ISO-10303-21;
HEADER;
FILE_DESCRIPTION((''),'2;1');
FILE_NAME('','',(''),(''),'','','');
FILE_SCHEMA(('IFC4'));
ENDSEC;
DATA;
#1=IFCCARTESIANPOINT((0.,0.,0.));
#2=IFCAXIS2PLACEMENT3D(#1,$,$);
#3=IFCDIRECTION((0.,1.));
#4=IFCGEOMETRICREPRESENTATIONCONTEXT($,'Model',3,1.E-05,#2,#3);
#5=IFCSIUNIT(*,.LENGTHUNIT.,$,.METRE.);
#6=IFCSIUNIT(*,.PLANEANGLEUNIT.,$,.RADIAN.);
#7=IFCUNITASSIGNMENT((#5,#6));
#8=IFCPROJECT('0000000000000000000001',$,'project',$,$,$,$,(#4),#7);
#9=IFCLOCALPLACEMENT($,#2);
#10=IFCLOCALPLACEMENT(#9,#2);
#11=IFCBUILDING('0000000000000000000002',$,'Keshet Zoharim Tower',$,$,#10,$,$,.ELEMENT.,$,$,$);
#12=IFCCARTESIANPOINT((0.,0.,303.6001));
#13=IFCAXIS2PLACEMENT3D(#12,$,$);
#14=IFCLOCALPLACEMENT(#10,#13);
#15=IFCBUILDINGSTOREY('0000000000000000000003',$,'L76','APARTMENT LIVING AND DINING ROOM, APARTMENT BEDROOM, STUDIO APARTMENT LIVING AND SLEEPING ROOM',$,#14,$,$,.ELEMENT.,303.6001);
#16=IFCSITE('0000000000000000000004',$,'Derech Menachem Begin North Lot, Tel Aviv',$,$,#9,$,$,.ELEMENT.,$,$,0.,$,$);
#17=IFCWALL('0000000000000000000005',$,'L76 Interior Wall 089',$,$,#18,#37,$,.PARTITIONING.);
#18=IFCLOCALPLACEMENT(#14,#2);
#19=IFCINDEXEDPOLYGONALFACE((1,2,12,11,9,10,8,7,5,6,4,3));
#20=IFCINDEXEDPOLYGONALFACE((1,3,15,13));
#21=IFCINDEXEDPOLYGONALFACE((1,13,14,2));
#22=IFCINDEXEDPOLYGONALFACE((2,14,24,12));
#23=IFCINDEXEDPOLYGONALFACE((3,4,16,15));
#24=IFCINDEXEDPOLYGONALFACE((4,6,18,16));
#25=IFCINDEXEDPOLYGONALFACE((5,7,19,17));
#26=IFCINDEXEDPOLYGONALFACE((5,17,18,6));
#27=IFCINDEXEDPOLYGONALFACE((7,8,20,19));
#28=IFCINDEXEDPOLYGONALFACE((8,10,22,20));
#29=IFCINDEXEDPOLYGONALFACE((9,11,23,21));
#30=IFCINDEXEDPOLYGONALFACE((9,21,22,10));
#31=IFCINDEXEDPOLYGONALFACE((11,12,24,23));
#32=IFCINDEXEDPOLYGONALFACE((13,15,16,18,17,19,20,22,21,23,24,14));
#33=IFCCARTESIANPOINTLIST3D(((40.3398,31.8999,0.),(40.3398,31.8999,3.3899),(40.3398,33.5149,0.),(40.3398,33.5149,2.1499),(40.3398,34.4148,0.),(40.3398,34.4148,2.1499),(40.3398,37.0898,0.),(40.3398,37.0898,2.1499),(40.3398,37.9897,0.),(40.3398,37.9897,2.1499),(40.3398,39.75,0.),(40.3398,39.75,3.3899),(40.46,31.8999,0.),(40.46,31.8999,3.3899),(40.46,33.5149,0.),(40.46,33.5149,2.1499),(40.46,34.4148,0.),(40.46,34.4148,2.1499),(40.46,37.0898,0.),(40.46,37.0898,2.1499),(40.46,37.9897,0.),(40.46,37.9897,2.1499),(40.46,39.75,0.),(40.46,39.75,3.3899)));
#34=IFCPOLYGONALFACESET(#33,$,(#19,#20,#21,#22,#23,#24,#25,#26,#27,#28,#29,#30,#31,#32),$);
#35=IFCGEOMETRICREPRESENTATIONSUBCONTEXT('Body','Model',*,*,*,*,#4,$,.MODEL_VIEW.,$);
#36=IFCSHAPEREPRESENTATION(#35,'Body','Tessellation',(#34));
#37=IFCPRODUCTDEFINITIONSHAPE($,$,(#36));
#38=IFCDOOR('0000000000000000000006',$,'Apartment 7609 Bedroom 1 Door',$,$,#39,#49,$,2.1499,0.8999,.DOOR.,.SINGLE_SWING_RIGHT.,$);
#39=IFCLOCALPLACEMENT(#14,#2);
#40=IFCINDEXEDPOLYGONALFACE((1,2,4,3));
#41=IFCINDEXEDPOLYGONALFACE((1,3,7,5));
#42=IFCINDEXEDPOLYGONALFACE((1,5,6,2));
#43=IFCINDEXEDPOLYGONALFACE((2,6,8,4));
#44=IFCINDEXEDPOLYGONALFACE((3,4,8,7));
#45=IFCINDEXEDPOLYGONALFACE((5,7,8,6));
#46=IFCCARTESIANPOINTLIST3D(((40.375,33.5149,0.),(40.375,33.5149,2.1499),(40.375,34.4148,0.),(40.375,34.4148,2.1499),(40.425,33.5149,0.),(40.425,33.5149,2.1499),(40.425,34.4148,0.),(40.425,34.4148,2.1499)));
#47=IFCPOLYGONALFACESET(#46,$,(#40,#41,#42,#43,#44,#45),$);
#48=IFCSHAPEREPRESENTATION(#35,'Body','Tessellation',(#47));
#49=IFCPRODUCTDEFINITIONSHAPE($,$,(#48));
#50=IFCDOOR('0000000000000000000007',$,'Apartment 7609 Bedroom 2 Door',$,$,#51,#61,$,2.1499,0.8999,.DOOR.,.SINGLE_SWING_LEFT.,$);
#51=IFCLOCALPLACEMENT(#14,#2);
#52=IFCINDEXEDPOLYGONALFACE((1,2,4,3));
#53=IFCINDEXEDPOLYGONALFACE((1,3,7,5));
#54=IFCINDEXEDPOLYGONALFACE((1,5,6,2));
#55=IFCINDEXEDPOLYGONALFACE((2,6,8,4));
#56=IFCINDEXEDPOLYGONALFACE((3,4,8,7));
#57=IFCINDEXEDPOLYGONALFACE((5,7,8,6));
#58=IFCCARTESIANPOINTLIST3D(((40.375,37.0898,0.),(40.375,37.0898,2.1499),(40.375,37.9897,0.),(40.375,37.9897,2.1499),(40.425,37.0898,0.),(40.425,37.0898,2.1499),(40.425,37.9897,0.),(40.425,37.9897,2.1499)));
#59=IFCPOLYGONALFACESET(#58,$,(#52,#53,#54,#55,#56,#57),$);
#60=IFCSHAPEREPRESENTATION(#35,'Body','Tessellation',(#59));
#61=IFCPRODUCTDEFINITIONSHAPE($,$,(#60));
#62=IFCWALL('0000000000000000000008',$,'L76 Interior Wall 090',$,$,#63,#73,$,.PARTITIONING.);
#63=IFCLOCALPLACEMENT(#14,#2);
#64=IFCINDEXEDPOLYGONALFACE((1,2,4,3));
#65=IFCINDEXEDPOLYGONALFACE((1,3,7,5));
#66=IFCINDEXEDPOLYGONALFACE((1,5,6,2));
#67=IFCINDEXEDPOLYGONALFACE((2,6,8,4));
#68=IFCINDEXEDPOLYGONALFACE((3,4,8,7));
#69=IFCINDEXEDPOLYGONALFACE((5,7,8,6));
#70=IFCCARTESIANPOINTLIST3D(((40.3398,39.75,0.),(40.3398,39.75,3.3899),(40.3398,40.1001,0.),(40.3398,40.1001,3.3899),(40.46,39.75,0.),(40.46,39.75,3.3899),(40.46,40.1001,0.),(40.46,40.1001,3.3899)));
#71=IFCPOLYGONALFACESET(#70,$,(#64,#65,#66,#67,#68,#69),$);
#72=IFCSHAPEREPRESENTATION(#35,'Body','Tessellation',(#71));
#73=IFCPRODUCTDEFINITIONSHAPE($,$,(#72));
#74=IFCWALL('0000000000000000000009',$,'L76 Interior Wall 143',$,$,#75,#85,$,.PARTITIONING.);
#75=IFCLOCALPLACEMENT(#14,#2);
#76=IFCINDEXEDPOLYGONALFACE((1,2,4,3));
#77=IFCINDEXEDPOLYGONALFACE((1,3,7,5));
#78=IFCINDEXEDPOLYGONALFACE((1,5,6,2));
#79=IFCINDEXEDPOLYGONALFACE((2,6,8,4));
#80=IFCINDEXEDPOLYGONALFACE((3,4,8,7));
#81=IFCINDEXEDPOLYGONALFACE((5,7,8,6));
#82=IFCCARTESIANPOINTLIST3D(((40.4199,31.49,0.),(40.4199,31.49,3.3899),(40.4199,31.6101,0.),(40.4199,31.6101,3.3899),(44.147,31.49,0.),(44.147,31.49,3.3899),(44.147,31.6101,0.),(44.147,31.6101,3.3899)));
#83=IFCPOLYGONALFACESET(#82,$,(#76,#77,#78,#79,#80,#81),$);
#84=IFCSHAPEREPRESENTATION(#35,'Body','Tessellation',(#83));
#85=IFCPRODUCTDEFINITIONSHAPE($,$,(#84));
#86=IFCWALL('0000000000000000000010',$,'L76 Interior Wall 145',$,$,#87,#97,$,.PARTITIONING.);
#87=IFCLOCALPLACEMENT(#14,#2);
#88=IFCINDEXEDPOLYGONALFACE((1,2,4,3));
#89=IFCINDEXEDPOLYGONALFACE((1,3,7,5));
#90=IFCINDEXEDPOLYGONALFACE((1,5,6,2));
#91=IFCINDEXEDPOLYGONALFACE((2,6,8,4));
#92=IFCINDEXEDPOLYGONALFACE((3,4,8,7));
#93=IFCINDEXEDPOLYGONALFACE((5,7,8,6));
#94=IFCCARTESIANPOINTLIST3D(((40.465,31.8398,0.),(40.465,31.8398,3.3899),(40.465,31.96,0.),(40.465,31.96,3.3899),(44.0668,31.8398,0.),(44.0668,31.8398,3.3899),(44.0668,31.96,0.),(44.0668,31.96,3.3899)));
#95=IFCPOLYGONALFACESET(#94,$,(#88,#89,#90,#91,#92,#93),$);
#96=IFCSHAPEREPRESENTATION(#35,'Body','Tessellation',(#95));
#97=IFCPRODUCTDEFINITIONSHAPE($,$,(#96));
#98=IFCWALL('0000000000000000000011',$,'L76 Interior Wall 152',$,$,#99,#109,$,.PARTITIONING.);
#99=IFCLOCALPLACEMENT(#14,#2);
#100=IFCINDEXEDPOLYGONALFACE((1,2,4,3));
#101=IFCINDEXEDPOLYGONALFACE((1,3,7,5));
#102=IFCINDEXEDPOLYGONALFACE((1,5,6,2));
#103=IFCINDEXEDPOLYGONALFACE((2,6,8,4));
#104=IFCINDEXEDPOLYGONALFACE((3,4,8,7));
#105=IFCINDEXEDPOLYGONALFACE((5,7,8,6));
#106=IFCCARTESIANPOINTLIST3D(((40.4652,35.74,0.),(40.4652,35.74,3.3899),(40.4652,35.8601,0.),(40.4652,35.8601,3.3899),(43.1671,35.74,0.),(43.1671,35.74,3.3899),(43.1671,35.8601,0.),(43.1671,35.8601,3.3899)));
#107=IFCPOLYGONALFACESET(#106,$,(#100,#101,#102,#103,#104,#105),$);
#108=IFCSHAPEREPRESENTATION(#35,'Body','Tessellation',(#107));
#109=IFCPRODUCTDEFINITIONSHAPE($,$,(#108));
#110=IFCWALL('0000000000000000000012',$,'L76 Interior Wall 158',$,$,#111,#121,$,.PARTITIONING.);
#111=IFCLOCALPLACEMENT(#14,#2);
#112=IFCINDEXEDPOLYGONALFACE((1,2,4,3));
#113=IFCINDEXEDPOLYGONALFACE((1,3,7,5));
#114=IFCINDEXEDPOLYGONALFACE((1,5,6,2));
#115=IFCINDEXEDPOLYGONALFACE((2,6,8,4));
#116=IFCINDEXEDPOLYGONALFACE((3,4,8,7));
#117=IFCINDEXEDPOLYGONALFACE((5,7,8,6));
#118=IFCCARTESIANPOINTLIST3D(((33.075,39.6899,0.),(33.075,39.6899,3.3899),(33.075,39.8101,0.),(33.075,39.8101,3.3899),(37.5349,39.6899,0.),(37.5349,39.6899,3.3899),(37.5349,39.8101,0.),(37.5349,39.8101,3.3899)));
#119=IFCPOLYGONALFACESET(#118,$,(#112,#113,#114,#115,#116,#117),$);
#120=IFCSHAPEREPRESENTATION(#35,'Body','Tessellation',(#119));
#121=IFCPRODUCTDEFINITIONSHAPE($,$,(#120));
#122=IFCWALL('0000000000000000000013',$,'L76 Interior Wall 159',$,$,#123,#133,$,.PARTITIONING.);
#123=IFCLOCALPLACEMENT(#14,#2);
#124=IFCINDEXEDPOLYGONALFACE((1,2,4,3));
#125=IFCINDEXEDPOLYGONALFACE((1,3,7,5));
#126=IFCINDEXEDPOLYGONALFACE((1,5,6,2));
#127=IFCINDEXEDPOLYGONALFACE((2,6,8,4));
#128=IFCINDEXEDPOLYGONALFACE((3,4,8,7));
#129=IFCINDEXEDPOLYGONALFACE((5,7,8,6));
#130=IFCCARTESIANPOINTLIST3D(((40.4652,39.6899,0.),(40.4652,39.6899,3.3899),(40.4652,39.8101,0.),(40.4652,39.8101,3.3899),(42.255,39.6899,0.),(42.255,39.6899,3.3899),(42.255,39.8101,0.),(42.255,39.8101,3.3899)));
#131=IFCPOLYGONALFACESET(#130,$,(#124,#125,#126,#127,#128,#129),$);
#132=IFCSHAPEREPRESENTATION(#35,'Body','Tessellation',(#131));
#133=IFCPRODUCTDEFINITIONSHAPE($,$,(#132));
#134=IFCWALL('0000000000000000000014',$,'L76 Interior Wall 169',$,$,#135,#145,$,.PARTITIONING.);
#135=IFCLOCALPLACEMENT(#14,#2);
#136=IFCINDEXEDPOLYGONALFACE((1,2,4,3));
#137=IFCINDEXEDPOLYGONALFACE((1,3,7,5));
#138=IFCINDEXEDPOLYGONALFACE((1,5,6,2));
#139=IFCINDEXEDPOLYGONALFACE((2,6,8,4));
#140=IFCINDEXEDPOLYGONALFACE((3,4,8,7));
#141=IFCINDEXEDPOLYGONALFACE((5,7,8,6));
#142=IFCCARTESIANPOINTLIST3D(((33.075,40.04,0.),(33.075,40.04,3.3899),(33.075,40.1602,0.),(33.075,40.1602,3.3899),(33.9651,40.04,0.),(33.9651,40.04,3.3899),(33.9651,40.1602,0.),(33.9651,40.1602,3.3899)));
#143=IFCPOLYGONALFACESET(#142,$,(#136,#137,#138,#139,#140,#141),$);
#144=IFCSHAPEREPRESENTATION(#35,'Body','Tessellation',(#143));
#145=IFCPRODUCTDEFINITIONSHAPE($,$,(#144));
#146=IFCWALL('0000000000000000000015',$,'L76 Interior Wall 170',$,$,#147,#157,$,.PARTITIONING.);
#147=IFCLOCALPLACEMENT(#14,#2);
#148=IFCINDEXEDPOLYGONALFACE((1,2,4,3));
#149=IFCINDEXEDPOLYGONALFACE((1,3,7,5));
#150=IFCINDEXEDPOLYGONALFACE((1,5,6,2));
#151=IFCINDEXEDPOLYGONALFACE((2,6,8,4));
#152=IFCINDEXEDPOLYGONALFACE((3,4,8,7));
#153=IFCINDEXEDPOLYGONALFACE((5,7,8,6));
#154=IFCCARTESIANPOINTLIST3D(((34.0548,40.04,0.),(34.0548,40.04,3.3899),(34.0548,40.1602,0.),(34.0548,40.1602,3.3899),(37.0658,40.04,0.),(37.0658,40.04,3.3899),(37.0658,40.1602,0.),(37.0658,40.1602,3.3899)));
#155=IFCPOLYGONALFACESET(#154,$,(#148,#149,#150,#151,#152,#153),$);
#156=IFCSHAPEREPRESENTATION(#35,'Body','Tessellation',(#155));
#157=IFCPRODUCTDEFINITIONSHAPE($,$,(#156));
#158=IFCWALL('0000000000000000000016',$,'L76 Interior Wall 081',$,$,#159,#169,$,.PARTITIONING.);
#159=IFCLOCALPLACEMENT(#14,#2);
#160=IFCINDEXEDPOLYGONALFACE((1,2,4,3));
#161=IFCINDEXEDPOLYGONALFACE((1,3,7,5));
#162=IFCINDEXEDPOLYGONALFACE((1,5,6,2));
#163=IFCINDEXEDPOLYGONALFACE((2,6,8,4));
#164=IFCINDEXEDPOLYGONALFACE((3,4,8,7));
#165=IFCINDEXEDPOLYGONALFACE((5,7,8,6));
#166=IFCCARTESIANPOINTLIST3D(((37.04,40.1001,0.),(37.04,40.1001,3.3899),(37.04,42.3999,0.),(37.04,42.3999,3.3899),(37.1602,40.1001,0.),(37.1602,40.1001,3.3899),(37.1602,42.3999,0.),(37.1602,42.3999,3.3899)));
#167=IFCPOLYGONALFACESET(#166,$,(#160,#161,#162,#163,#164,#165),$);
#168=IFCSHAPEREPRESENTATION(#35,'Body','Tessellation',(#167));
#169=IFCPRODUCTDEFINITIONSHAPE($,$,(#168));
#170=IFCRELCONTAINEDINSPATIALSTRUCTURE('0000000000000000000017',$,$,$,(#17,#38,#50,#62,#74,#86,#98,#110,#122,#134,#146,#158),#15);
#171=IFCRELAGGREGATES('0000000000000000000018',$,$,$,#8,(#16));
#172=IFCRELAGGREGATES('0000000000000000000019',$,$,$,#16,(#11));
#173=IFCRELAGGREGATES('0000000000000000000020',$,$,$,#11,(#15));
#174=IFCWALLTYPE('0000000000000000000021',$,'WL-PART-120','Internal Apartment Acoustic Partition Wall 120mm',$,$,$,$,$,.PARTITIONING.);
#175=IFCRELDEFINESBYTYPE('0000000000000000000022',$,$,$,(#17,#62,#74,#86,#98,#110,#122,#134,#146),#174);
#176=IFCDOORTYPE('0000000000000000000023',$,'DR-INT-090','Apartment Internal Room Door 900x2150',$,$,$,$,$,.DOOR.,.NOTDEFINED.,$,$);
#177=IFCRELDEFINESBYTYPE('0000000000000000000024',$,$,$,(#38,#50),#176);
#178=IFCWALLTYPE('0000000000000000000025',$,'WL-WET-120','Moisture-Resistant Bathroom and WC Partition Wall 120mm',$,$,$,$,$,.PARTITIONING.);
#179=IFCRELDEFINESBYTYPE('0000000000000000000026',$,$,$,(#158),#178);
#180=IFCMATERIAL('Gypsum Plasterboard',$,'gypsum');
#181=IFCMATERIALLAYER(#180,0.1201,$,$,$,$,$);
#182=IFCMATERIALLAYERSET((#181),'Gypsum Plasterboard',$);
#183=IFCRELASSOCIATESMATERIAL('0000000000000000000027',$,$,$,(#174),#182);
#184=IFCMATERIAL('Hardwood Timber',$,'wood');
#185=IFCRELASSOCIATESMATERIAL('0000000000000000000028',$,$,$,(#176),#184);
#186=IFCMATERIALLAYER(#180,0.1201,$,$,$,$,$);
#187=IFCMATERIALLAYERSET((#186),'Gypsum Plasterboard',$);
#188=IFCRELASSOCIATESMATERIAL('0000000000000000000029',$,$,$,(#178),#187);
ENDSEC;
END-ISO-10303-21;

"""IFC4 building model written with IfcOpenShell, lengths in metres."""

from ifc_helpers import new_model, si_unit, direction, frame, frame_2d, origin, place, context, subcontext, project, spatial, rectangle, extrude, material, layer, layer_set, type_object, element, fill, save


model = new_model("IFC4")

# Units and contexts
model_context = context("Model", 3, precision=1e-05, world=origin(), true_north=direction((0.0, 1.0)))
body_context = subcontext(model_context, "Body", "Model", "MODEL_VIEW")
ifc_project = project(units=[si_unit("LENGTHUNIT", "METRE"), si_unit("PLANEANGLEUNIT", "RADIAN")], contexts=[model_context])

# Site, building, storey
site_placement = place(None, origin())
site = spatial("IfcSite", under=ifc_project, at=site_placement, Name="Derech Menachem Begin North Lot, Tel Aviv", CompositionType="ELEMENT", RefElevation=0.0)
building_placement = place(site_placement, origin())
building = spatial("IfcBuilding", under=site, at=building_placement, Name="Keshet Zoharim Tower", CompositionType="ELEMENT")
storey_placement = place(building_placement, frame((0.0, 0.0, 303.6001)))
storey = spatial("IfcBuildingStorey", under=building, at=storey_placement, Name="L76", Description="APARTMENT LIVING AND DINING ROOM, APARTMENT BEDROOM, STUDIO APARTMENT LIVING AND SLEEPING ROOM", CompositionType="ELEMENT", Elevation=303.6001)

# Shared definitions
ifc_material_1 = material(Name="Hardwood Timber", Category="wood")

# Shared definitions
ifc_material_2 = material(Name="Gypsum Plasterboard", Category="gypsum")
ifc_layer_1 = layer(ifc_material_2, 0.1201)
ifc_layer_set_1 = layer_set([ifc_layer_1], Name="Gypsum Plasterboard")
wall_type_1 = type_object("IfcWallType", Name="WL-PART-120", Description="Internal Apartment Acoustic Partition Wall 120mm", PredefinedType="PARTITIONING", material=ifc_layer_set_1)

# Shared definitions
door_type_1 = type_object("IfcDoorType", Name="DR-INT-090", Description="Apartment Internal Room Door 900x2150", OperationType="NOTDEFINED", PredefinedType="DOOR", material=ifc_material_1)

# Wall, openings, doors
wall_1_placement = place(storey_placement, frame((40.3999, 31.8999, 0.0), z_axis=(0.0, 0.0, 1.0), x_axis=(0.0, 1.0, 0.0)))
wall_1 = element("IfcWall", 1, at=wall_1_placement, inside=storey, type_object=wall_type_1, Name="L76 Interior Wall 089", PredefinedType="PARTITIONING", context=body_context, shape_type="SweptSolid", body=[
    extrude(rectangle(XDim=7.8501, YDim=0.1201, at=frame_2d((3.925, 0.0))), origin(), (0.0, 0.0, 1.0), 3.3899),
])
opening_1_placement = place(wall_1_placement, frame((1.615, 0.0, 0.0)))
opening_1 = element("IfcOpeningElement", 2, at=opening_1_placement, cuts=wall_1, PredefinedType="OPENING", context=body_context, shape_type="SweptSolid", body=[
    extrude(rectangle(XDim=0.8999, YDim=2.1499, at=frame_2d((0.45, 1.075))), frame((0.0, 0.0701, 0.0), z_axis=(0.0, -1.0, 0.0), x_axis=(1.0, 0.0, 0.0)), (0.0, 0.0, 1.0), 0.1401),
])
opening_2_placement = place(wall_1_placement, frame((5.1899, 0.0, 0.0)))
opening_2 = element("IfcOpeningElement", 3, at=opening_2_placement, cuts=wall_1, PredefinedType="OPENING", context=body_context, shape_type="SweptSolid", body=[
    extrude(rectangle(XDim=0.8999, YDim=2.1499, at=frame_2d((0.45, 1.075))), frame((0.0, 0.0701, 0.0), z_axis=(0.0, -1.0, 0.0), x_axis=(1.0, 0.0, 0.0)), (0.0, 0.0, 1.0), 0.1401),
])
door_1_placement = place(opening_1_placement, origin())
door_1 = element("IfcDoor", 4, at=door_1_placement, inside=storey, type_object=door_type_1, Name="Apartment 7609 Bedroom 1 Door", OperationType="SINGLE_SWING_RIGHT", OverallHeight=2.1499, OverallWidth=0.8999, PredefinedType="DOOR", context=body_context, shape_type="SweptSolid", body=[
    extrude(rectangle(XDim=0.8999, YDim=2.1499, at=frame_2d((0.45, 1.075))), frame((0.0, 0.0249, 0.0), z_axis=(0.0, -1.0, 0.0), x_axis=(1.0, 0.0, 0.0)), (0.0, 0.0, 1.0), 0.05),
])
fill(opening_1, door_1)
door_2_placement = place(opening_2_placement, origin())
door_2 = element("IfcDoor", 5, at=door_2_placement, inside=storey, type_object=door_type_1, Name="Apartment 7609 Bedroom 2 Door", OperationType="SINGLE_SWING_LEFT", OverallHeight=2.1499, OverallWidth=0.8999, PredefinedType="DOOR", context=body_context, shape_type="SweptSolid", body=[
    extrude(rectangle(XDim=0.8999, YDim=2.1499, at=frame_2d((0.45, 1.075))), frame((0.0, 0.0249, 0.0), z_axis=(0.0, -1.0, 0.0), x_axis=(1.0, 0.0, 0.0)), (0.0, 0.0, 1.0), 0.05),
])
fill(opening_2, door_2)

# Walls
wall_2_placement = place(storey_placement, frame((40.3999, 39.75, 0.0), z_axis=(0.0, 0.0, 1.0), x_axis=(0.0, 1.0, 0.0)))
element("IfcWall", 6, at=wall_2_placement, inside=storey, type_object=wall_type_1, Name="L76 Interior Wall 090", PredefinedType="PARTITIONING", context=body_context, shape_type="SweptSolid", body=[
    extrude(rectangle(XDim=0.3501, YDim=0.1201, at=frame_2d((0.175, 0.0))), origin(), (0.0, 0.0, 1.0), 3.3899),
])
wall_3_placement = place(storey_placement, frame((40.4199, 31.55, 0.0), z_axis=(0.0, 0.0, 1.0), x_axis=(1.0, 0.0, 0.0)))
element("IfcWall", 7, at=wall_3_placement, inside=storey, type_object=wall_type_1, Name="L76 Interior Wall 143", PredefinedType="PARTITIONING", context=body_context, shape_type="SweptSolid", body=[
    extrude(rectangle(XDim=3.7271, YDim=0.1201, at=frame_2d((1.8635, 0.0))), origin(), (0.0, 0.0, 1.0), 3.3899),
])
wall_4_placement = place(storey_placement, frame((40.4651, 31.8999, 0.0), z_axis=(0.0, 0.0, 1.0), x_axis=(1.0, 0.0, 0.0)))
element("IfcWall", 8, at=wall_4_placement, inside=storey, type_object=wall_type_1, Name="L76 Interior Wall 145", PredefinedType="PARTITIONING", context=body_context, shape_type="SweptSolid", body=[
    extrude(rectangle(XDim=3.6018, YDim=0.1201, at=frame_2d((1.8008, 0.0))), origin(), (0.0, 0.0, 1.0), 3.3899),
])
wall_5_placement = place(storey_placement, frame((40.4651, 35.8, 0.0), z_axis=(0.0, 0.0, 1.0), x_axis=(1.0, 0.0, 0.0)))
element("IfcWall", 9, at=wall_5_placement, inside=storey, type_object=wall_type_1, Name="L76 Interior Wall 152", PredefinedType="PARTITIONING", context=body_context, shape_type="SweptSolid", body=[
    extrude(rectangle(XDim=2.7019, YDim=0.1201, at=frame_2d((1.3511, 0.0))), origin(), (0.0, 0.0, 1.0), 3.3899),
])
wall_6_placement = place(storey_placement, frame((33.075, 39.75, 0.0), z_axis=(0.0, 0.0, 1.0), x_axis=(1.0, 0.0, 0.0)))
element("IfcWall", 10, at=wall_6_placement, inside=storey, type_object=wall_type_1, Name="L76 Interior Wall 158", PredefinedType="PARTITIONING", context=body_context, shape_type="SweptSolid", body=[
    extrude(rectangle(XDim=4.46, YDim=0.1201, at=frame_2d((2.23, 0.0))), origin(), (0.0, 0.0, 1.0), 3.3899),
])
wall_7_placement = place(storey_placement, frame((40.4651, 39.75, 0.0), z_axis=(0.0, 0.0, 1.0), x_axis=(1.0, 0.0, 0.0)))
element("IfcWall", 11, at=wall_7_placement, inside=storey, type_object=wall_type_1, Name="L76 Interior Wall 159", PredefinedType="PARTITIONING", context=body_context, shape_type="SweptSolid", body=[
    extrude(rectangle(XDim=1.7898, YDim=0.1201, at=frame_2d((0.895, 0.0))), origin(), (0.0, 0.0, 1.0), 3.3899),
])
wall_8_placement = place(storey_placement, frame((33.075, 40.1001, 0.0), z_axis=(0.0, 0.0, 1.0), x_axis=(1.0, 0.0, 0.0)))
element("IfcWall", 12, at=wall_8_placement, inside=storey, type_object=wall_type_1, Name="L76 Interior Wall 169", PredefinedType="PARTITIONING", context=body_context, shape_type="SweptSolid", body=[
    extrude(rectangle(XDim=0.8901, YDim=0.1201, at=frame_2d((0.4451, 0.0))), origin(), (0.0, 0.0, 1.0), 3.3899),
])
wall_9_placement = place(storey_placement, frame((34.0549, 40.1001, 0.0), z_axis=(0.0, 0.0, 1.0), x_axis=(1.0, 0.0, 0.0)))
element("IfcWall", 13, at=wall_9_placement, inside=storey, type_object=wall_type_1, Name="L76 Interior Wall 170", PredefinedType="PARTITIONING", context=body_context, shape_type="SweptSolid", body=[
    extrude(rectangle(XDim=3.011, YDim=0.1201, at=frame_2d((1.5054, 0.0))), origin(), (0.0, 0.0, 1.0), 3.3899),
])
ifc_layer_2 = layer(ifc_material_2, 0.1201)
ifc_layer_set_2 = layer_set([ifc_layer_2], Name="Gypsum Plasterboard")
wall_type_2 = type_object("IfcWallType", Name="WL-WET-120", Description="Moisture-Resistant Bathroom and WC Partition Wall 120mm", PredefinedType="PARTITIONING", material=ifc_layer_set_2)
wall_10_placement = place(storey_placement, frame((37.1001, 40.1001, 0.0), z_axis=(0.0, 0.0, 1.0), x_axis=(0.0, 1.0, 0.0)))
element("IfcWall", 14, at=wall_10_placement, inside=storey, type_object=wall_type_2, Name="L76 Interior Wall 081", PredefinedType="PARTITIONING", context=body_context, shape_type="SweptSolid", body=[
    extrude(rectangle(XDim=2.2998, YDim=0.1201, at=frame_2d((1.1499, 0.0))), origin(), (0.0, 0.0, 1.0), 3.3899),
])

save(model, "model.ifc")
